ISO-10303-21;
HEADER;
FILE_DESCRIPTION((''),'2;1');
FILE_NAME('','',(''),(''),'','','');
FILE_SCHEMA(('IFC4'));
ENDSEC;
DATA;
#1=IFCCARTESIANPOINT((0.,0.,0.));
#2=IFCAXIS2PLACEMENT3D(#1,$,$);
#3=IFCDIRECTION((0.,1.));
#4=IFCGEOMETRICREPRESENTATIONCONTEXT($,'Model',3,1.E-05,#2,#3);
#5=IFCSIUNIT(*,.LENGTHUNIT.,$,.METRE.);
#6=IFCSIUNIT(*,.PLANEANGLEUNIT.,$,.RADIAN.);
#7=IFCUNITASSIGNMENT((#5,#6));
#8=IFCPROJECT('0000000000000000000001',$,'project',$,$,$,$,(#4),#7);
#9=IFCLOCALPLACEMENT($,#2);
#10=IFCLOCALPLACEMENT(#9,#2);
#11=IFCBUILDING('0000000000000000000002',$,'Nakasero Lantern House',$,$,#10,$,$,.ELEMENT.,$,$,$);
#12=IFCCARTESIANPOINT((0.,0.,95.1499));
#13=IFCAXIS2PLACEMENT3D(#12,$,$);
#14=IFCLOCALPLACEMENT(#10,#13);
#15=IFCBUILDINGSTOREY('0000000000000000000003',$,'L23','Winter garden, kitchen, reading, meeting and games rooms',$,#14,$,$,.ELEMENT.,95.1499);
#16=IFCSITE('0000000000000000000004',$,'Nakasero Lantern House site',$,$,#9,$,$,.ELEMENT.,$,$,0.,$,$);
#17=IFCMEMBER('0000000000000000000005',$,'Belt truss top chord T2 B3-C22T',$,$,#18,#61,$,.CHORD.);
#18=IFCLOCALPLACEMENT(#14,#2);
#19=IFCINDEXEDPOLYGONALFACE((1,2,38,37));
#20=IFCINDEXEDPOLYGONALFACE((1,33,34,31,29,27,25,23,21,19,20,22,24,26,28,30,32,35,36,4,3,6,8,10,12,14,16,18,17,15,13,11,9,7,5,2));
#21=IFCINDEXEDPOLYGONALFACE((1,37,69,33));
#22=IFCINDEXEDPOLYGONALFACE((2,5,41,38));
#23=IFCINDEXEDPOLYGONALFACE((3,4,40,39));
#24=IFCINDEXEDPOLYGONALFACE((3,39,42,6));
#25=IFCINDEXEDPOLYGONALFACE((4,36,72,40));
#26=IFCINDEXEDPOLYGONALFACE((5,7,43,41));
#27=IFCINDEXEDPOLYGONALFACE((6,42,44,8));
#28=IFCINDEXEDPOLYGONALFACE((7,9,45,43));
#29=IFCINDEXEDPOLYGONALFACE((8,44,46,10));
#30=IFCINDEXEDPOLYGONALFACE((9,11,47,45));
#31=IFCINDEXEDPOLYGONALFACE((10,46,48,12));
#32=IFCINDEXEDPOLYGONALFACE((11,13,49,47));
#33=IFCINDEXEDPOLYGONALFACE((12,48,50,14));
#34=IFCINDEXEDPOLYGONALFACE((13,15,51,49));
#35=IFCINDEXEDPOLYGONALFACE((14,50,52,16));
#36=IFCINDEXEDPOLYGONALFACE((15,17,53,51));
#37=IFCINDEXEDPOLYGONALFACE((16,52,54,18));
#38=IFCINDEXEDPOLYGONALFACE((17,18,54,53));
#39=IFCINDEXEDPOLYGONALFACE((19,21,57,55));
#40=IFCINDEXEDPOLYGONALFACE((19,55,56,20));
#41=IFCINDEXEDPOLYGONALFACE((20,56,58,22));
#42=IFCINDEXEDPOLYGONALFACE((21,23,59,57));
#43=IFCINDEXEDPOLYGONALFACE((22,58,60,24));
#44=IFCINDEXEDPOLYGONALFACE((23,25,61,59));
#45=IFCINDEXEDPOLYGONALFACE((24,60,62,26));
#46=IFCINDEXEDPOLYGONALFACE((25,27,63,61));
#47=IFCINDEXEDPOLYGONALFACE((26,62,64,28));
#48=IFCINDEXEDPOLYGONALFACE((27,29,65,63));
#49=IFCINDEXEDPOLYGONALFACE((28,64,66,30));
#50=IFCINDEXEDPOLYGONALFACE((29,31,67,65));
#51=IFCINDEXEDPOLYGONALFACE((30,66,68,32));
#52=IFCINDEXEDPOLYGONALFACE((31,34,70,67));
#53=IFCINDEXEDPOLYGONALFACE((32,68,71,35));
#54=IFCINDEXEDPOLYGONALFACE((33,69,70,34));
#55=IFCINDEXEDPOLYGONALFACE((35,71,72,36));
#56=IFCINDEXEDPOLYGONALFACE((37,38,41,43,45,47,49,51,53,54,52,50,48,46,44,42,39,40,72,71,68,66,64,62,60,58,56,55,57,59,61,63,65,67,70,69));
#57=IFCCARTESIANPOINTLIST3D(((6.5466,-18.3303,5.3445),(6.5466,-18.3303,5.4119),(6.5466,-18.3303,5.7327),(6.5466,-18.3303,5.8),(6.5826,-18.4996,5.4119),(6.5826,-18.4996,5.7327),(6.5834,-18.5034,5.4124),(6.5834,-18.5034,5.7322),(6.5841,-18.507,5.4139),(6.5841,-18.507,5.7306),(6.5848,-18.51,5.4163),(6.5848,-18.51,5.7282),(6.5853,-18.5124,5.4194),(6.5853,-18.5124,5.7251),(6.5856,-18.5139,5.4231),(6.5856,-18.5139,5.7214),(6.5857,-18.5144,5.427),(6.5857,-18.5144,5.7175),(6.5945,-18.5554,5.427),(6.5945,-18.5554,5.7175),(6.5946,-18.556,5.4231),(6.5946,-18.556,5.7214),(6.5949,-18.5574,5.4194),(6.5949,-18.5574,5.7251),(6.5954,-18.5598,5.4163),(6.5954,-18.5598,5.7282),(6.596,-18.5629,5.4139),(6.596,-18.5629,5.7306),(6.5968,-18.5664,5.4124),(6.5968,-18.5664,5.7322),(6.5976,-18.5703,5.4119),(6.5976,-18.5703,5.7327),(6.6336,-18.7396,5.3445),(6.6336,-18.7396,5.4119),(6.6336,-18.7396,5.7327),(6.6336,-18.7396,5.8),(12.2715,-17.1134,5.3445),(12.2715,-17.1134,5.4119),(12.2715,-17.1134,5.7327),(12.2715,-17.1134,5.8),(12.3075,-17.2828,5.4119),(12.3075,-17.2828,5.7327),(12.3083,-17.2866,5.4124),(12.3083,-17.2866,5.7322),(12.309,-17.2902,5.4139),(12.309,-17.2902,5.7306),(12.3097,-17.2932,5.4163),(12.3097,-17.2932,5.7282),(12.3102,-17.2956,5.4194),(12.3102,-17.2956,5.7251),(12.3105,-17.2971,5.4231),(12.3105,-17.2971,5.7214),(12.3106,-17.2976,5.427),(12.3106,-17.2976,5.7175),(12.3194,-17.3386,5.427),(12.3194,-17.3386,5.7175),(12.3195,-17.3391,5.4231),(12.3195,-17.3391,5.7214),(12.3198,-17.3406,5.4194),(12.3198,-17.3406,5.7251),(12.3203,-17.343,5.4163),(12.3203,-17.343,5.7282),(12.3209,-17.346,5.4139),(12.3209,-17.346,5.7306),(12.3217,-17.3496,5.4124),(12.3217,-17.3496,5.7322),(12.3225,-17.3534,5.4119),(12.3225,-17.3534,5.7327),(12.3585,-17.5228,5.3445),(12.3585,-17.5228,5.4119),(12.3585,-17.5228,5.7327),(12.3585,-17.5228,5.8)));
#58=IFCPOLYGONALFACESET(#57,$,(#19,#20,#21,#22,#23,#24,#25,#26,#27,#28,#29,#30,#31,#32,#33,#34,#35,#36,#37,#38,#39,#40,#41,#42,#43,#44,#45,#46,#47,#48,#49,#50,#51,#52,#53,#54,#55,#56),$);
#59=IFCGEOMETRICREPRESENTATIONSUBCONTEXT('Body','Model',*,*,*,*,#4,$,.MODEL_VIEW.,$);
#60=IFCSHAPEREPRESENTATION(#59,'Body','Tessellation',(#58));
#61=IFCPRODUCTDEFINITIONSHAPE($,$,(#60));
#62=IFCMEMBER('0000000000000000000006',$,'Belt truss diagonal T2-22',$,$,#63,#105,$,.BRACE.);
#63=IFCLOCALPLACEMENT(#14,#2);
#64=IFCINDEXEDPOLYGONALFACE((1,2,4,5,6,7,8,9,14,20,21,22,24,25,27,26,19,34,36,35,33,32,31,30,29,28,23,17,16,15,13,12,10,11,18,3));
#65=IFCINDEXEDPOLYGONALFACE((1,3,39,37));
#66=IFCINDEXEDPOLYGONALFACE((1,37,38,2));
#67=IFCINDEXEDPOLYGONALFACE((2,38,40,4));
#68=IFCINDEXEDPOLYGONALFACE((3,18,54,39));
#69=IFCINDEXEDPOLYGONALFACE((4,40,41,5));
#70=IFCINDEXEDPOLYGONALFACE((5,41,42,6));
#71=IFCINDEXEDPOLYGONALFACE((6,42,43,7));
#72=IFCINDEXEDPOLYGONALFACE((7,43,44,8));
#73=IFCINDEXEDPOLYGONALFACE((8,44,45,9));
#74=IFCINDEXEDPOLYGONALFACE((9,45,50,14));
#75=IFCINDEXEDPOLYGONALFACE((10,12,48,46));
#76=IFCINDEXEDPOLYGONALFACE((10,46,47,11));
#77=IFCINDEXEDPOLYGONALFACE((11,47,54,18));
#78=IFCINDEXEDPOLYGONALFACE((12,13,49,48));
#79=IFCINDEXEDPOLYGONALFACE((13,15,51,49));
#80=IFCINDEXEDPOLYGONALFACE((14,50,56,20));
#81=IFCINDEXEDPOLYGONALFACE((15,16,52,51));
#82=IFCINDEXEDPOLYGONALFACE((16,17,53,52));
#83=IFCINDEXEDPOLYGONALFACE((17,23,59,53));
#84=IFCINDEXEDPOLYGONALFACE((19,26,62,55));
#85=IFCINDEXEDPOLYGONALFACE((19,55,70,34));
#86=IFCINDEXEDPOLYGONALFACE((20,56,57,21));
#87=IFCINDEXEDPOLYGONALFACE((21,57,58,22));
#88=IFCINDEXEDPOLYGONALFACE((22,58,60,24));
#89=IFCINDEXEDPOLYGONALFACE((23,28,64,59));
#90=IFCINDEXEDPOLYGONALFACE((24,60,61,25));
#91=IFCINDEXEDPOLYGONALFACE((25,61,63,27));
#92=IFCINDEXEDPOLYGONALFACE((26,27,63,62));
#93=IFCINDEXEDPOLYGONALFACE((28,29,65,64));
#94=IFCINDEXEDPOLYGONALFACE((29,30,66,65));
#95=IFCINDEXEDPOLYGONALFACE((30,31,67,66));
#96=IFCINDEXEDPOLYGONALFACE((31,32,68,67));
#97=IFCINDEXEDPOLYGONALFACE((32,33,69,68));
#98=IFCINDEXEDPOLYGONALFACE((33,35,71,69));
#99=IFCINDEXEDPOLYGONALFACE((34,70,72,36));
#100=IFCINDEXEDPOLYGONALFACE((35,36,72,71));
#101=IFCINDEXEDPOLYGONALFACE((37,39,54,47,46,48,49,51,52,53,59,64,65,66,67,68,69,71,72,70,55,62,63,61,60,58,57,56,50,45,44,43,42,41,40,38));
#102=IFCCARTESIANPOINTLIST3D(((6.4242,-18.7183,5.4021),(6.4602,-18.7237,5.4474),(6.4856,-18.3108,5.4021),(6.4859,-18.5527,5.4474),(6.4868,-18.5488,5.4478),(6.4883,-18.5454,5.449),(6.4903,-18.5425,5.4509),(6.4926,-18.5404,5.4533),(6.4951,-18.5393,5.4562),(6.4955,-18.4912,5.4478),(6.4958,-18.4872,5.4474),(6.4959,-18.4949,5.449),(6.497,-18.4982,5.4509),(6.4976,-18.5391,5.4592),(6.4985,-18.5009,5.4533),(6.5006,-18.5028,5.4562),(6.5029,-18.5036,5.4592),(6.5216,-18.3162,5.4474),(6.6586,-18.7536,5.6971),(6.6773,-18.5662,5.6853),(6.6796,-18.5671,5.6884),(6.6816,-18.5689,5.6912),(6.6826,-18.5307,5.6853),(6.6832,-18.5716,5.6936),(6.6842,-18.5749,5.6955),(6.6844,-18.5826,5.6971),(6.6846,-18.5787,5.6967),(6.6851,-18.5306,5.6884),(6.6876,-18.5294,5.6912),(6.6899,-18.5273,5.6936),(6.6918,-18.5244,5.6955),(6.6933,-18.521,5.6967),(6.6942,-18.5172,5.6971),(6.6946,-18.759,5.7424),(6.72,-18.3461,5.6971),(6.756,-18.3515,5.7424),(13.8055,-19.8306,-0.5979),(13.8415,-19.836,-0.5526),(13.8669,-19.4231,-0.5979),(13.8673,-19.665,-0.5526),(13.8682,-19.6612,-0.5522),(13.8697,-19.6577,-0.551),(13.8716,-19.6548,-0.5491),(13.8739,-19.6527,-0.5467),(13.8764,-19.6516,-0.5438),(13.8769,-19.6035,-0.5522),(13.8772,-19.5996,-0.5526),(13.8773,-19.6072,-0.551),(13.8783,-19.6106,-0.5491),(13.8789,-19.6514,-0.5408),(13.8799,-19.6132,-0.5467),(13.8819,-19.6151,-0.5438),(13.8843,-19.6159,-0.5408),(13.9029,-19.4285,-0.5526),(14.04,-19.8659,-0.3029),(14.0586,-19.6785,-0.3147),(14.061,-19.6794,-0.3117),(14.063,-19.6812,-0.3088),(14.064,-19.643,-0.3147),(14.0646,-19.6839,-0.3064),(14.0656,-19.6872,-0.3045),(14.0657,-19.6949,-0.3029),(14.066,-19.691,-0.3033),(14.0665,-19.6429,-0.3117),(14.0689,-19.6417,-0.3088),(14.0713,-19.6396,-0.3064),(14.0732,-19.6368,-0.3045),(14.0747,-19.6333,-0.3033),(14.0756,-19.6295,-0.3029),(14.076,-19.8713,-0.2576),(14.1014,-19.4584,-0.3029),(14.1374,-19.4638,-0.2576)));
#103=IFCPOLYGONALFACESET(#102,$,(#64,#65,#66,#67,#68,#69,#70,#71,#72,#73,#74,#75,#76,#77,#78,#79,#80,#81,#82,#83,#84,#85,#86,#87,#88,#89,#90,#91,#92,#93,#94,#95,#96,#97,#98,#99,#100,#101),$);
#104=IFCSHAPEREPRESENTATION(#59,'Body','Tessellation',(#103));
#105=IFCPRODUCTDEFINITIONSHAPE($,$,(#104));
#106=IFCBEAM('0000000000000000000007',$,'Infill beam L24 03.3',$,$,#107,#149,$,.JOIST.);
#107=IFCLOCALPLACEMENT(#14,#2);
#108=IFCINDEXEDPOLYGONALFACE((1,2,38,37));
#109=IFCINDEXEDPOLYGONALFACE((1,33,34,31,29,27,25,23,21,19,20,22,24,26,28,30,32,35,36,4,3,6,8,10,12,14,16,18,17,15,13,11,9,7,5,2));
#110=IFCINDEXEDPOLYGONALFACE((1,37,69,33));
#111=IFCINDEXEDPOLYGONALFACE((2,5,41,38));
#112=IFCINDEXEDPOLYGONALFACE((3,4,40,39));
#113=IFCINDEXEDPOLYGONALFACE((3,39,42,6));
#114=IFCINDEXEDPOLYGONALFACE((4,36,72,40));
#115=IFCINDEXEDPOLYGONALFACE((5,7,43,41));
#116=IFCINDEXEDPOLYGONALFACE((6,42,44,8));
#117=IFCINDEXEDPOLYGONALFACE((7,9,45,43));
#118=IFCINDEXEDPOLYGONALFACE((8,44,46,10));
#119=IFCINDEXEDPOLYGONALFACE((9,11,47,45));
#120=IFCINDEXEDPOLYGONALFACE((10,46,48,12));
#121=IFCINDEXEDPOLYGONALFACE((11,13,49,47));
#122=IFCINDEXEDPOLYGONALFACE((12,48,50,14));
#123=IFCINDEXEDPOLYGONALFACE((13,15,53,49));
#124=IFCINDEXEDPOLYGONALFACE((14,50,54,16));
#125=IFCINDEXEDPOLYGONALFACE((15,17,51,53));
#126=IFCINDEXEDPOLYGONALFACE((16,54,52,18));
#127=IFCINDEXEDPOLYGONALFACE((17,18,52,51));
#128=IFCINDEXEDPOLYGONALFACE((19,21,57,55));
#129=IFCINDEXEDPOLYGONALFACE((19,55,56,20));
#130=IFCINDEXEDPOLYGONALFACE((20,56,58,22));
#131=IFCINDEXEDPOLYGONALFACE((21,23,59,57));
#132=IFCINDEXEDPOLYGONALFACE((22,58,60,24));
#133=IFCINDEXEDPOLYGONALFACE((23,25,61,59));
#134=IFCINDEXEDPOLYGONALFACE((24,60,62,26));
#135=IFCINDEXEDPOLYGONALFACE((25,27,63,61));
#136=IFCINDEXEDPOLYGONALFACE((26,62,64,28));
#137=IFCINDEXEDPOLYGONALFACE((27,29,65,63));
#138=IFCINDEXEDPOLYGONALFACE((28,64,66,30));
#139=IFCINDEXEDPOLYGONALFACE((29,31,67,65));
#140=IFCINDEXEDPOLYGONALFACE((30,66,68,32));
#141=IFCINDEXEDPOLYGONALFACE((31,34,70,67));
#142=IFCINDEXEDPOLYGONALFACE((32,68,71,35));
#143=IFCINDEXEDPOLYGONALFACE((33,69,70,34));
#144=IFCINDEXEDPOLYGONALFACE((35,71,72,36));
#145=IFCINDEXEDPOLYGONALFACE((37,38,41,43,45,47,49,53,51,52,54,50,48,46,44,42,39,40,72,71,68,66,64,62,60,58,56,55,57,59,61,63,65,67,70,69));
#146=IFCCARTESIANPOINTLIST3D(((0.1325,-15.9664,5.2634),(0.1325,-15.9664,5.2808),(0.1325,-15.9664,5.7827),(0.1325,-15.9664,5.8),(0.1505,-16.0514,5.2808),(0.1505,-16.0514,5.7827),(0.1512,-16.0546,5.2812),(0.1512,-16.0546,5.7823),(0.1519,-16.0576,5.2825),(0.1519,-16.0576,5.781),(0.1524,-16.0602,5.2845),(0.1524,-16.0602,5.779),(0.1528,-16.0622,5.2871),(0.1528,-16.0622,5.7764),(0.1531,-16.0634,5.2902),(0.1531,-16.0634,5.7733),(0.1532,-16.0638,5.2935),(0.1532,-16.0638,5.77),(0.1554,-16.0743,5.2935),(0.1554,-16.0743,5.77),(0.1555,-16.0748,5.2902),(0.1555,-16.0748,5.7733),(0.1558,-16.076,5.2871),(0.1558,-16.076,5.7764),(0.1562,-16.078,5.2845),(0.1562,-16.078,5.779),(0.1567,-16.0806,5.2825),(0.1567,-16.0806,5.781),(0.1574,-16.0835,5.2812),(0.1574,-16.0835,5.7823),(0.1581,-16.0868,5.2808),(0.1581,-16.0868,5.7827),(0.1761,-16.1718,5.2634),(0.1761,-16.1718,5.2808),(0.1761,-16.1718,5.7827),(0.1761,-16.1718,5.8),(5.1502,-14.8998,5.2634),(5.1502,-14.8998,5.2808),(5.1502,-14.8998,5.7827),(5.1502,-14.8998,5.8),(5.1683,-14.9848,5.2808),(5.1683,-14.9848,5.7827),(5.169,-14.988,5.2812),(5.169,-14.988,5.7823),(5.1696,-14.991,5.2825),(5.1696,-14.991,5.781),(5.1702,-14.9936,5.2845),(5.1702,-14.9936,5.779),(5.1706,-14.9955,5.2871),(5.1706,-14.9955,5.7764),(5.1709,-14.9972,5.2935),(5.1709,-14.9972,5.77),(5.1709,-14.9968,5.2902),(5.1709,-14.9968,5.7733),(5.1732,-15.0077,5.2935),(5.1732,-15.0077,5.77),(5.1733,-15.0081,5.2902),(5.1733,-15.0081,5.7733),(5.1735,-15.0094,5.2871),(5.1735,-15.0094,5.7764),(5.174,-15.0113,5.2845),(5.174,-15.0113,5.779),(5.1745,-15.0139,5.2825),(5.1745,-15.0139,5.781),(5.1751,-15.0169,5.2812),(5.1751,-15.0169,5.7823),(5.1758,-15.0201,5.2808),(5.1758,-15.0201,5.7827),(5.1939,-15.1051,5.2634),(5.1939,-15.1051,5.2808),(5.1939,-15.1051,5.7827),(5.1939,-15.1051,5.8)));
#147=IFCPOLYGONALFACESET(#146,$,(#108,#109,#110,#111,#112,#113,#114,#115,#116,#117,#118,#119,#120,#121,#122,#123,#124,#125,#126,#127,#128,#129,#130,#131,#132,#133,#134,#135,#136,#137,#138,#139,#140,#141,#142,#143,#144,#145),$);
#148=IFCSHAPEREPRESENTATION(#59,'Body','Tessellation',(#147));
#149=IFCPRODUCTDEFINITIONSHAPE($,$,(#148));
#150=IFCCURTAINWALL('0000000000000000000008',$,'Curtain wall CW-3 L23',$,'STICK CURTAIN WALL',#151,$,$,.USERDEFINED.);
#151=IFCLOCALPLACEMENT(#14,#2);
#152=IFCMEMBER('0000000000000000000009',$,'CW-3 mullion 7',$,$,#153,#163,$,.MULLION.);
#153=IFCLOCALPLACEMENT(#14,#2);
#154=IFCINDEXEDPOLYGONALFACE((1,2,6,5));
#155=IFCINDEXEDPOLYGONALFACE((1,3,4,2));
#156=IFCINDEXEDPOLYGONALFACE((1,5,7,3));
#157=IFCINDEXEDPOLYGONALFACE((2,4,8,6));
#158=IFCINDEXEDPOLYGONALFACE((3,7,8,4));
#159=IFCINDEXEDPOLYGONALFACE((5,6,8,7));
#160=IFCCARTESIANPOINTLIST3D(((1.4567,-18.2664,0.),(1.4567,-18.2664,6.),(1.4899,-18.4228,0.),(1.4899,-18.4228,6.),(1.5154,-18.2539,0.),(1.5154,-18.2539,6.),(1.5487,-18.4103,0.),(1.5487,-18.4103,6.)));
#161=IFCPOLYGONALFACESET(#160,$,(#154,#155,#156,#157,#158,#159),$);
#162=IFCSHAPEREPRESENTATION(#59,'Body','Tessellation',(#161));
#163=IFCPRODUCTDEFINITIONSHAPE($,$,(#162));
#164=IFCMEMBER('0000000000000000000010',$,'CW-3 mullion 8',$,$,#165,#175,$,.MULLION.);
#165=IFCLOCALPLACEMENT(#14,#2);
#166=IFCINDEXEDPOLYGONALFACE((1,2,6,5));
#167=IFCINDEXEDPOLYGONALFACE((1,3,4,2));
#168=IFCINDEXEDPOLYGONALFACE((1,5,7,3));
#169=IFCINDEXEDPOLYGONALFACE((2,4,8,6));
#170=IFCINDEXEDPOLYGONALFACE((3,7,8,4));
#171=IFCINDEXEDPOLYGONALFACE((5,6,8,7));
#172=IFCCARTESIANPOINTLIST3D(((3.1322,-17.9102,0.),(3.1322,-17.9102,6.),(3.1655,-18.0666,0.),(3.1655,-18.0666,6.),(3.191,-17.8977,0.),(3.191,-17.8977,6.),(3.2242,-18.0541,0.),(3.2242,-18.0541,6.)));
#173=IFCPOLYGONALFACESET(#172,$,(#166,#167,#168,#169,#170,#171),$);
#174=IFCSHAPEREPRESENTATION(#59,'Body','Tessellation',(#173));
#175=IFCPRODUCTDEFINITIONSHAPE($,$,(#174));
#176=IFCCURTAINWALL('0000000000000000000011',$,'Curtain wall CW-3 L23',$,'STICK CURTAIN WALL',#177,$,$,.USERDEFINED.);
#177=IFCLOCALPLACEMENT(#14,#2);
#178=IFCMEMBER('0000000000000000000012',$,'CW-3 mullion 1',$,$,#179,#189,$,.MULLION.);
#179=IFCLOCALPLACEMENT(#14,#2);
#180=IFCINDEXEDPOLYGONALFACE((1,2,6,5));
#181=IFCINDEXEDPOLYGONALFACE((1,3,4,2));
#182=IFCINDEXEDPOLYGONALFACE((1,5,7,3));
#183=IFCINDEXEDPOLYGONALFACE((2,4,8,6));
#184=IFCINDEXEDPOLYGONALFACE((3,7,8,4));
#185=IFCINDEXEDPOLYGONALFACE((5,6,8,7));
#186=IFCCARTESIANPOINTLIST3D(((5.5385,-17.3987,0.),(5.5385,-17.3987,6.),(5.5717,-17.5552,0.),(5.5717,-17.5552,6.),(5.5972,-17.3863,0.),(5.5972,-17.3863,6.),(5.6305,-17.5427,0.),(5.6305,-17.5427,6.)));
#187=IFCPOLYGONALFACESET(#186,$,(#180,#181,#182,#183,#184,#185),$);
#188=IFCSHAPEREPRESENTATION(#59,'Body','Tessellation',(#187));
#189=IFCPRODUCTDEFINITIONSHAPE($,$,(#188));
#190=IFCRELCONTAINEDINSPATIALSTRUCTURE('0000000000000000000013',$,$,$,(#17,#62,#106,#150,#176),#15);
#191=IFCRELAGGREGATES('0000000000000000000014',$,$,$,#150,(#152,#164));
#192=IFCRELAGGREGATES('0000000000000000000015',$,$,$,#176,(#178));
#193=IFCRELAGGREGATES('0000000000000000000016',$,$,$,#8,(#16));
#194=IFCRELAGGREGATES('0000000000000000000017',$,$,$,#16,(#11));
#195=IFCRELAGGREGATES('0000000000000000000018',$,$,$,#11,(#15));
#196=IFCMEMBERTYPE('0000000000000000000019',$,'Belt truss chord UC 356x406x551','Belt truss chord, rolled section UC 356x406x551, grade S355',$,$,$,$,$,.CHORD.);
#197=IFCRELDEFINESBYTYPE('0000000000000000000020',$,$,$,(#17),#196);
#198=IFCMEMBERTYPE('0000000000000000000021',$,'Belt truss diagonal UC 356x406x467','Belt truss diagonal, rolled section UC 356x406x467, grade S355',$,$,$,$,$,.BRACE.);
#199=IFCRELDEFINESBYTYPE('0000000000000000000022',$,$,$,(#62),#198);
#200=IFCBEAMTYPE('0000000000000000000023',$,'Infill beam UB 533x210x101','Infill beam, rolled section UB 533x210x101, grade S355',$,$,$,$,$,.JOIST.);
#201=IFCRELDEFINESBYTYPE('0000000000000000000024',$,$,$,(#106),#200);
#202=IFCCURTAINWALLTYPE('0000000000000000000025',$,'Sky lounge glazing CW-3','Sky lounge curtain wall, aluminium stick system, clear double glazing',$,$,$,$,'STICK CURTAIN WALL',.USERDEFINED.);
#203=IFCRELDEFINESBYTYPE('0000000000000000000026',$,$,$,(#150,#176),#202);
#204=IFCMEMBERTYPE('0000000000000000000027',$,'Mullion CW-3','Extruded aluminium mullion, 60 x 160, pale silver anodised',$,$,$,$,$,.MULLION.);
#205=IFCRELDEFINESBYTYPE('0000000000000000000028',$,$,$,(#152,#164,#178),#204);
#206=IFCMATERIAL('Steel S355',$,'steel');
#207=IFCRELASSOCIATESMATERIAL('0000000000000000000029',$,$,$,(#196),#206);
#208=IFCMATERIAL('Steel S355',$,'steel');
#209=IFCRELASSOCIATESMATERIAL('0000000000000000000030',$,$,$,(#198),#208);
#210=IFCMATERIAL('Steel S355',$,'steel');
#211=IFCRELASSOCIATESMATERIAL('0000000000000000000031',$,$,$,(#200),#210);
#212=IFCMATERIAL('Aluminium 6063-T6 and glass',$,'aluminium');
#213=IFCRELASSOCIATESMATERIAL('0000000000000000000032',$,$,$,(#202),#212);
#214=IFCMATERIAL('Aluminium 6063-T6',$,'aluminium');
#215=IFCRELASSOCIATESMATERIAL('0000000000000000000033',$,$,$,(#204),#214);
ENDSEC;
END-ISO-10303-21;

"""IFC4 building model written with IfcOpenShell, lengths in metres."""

from ifc_helpers import new_model, si_unit, direction, frame, origin, origin_2d, place, context, subcontext, project, spatial, rectangle, i_section, extrude, material, material_profile, profile_set, type_object, element, aggregate, save


model = new_model("IFC4")

# Units and contexts
model_context = context("Model", 3, precision=1e-05, world=origin(), true_north=direction((0.0, 1.0)))
body_context = subcontext(model_context, "Body", "Model", "MODEL_VIEW")
ifc_project = project(units=[si_unit("LENGTHUNIT", "METRE"), si_unit("PLANEANGLEUNIT", "RADIAN")], contexts=[model_context])

# Site, building, storey
site_placement = place(None, origin())
site = spatial("IfcSite", under=ifc_project, at=site_placement, Name="Nakasero Lantern House site", CompositionType="ELEMENT", RefElevation=0.0)
building_placement = place(site_placement, origin())
building = spatial("IfcBuilding", under=site, at=building_placement, Name="Nakasero Lantern House", CompositionType="ELEMENT")
storey_placement = place(building_placement, frame((0.0, 0.0, 95.1499)))
storey = spatial("IfcBuildingStorey", under=building, at=storey_placement, Name="L23", Description="Winter garden, kitchen, reading, meeting and games rooms", CompositionType="ELEMENT", Elevation=95.1499)

# Members
ifc_material_1 = material(Name="Steel S355", Category="steel")
ifc_material_profile_1 = material_profile(ifc_material_1, i_section(OverallWidth=0.4185, OverallDepth=0.4556, WebThickness=0.042, FlangeThickness=0.0674, FilletRadius=0.0151, at=origin_2d()), Name="UC 356x406x551")
ifc_profile_set_1 = profile_set([ifc_material_profile_1], Name="Steel S355")
member_type_1 = type_object("IfcMemberType", Name="Belt truss chord UC 356x406x551", Description="Belt truss chord, rolled section UC 356x406x551, grade S355", PredefinedType="CHORD", material=ifc_profile_set_1)
member_1_placement = place(storey_placement, frame((6.5901, -18.5349, 5.5723), z_axis=(0.97815, 0.207902, 0.0), x_axis=(-0.207902, 0.97815, 0.0)))
element("IfcMember", 1, at=member_1_placement, inside=storey, type_object=member_type_1, Name="Belt truss top chord T2 B3-C22T", PredefinedType="CHORD", context=body_context, shape_type="SweptSolid", body=[
    extrude(i_section(OverallWidth=0.4185, OverallDepth=0.4556, WebThickness=0.042, FlangeThickness=0.0674, FilletRadius=0.0151, at=origin_2d()), origin(), (0.0, 0.0, 1.0), 5.8528),
])
ifc_material_2 = material(Name="Steel S355", Category="steel")
ifc_material_profile_2 = material_profile(ifc_material_2, i_section(OverallWidth=0.4121, OverallDepth=0.4365, WebThickness=0.0359, FlangeThickness=0.0581, FilletRadius=0.0151, at=origin_2d()), Name="UC 356x406x467")
ifc_profile_set_2 = profile_set([ifc_material_profile_2], Name="Steel S355")
member_type_2 = type_object("IfcMemberType", Name="Belt truss diagonal UC 356x406x467", Description="Belt truss diagonal, rolled section UC 356x406x467, grade S355", PredefinedType="BRACE", material=ifc_profile_set_2)
member_2_placement = place(storey_placement, frame((6.5901, -18.5349, 5.5723), z_axis=(0.770726, -0.116142, -0.626492), x_axis=(0.149009, 0.988836, 0.0)))
element("IfcMember", 2, at=member_2_placement, inside=storey, type_object=member_type_2, Name="Belt truss diagonal T2-22", PredefinedType="BRACE", context=body_context, shape_type="SweptSolid", body=[
    extrude(i_section(OverallWidth=0.4121, OverallDepth=0.4365, WebThickness=0.0359, FlangeThickness=0.0581, FilletRadius=0.0151, at=origin_2d()), origin(), (0.0, 0.0, 1.0), 9.5771),
])

# Beam
ifc_material_3 = material(Name="Steel S355", Category="steel")
ifc_material_profile_3 = material_profile(ifc_material_3, i_section(OverallWidth=0.21, OverallDepth=0.5366, WebThickness=0.0107, FlangeThickness=0.0173, FilletRadius=0.0127, at=origin_2d()), Name="UB 533x210x101")
ifc_profile_set_3 = profile_set([ifc_material_profile_3], Name="Steel S355")
beam_type_1 = type_object("IfcBeamType", Name="Infill beam UB 533x210x101", Description="Infill beam, rolled section UB 533x210x101, grade S355", PredefinedType="JOIST", material=ifc_profile_set_3)
beam_1_placement = place(storey_placement, frame((0.1543, -16.0691, 5.5317), z_axis=(0.978144, 0.207926, 0.0), x_axis=(-0.207926, 0.978144, 0.0)))
element("IfcBeam", 3, at=beam_1_placement, inside=storey, type_object=beam_type_1, Name="Infill beam L24 03.3", PredefinedType="JOIST", context=body_context, shape_type="SweptSolid", body=[
    extrude(i_section(OverallWidth=0.21, OverallDepth=0.5366, WebThickness=0.0107, FlangeThickness=0.0173, FilletRadius=0.0127, at=origin_2d()), origin(), (0.0, 0.0, 1.0), 5.1299),
])

# Curtain walls, members
ifc_material_4 = material(Name="Aluminium 6063-T6 and glass", Category="aluminium")
curtain_wall_type = type_object("IfcCurtainWallType", Name="Sky lounge glazing CW-3", Description="Sky lounge curtain wall, aluminium stick system, clear double glazing", ElementType="STICK CURTAIN WALL", PredefinedType="USERDEFINED", material=ifc_material_4)
curtain_wall_1_placement = place(storey_placement, origin())
curtain_wall_1 = element("IfcCurtainWall", 4, at=curtain_wall_1_placement, inside=storey, type_object=curtain_wall_type, Name="Curtain wall CW-3 L23", ObjectType="STICK CURTAIN WALL", PredefinedType="USERDEFINED")
ifc_material_5 = material(Name="Aluminium 6063-T6", Category="aluminium")
ifc_material_profile_4 = material_profile(ifc_material_5, rectangle(XDim=0.0601, YDim=0.1599, at=origin_2d()), Name="CW-3 mullion 60x160")
ifc_profile_set_4 = profile_set([ifc_material_profile_4], Name="Aluminium 6063-T6")
member_type_3 = type_object("IfcMemberType", Name="Mullion CW-3", Description="Extruded aluminium mullion, 60 x 160, pale silver anodised", PredefinedType="MULLION", material=ifc_profile_set_4)
member_3_placement = place(storey_placement, frame((1.5027, -18.3384, 0.0), z_axis=(0.0, 0.0, 1.0), x_axis=(0.978148, 0.207912, 0.0)))
member_3 = element("IfcMember", 5, at=member_3_placement, type_object=member_type_3, Name="CW-3 mullion 7", PredefinedType="MULLION", context=body_context, shape_type="SweptSolid", body=[
    extrude(rectangle(XDim=0.0601, YDim=0.1599, at=origin_2d()), origin(), (0.0, 0.0, 1.0), 6.0),
])
member_4_placement = place(storey_placement, frame((3.1782, -17.9822, 0.0), z_axis=(0.0, 0.0, 1.0), x_axis=(0.978148, 0.207912, 0.0)))
member_4 = element("IfcMember", 6, at=member_4_placement, type_object=member_type_3, Name="CW-3 mullion 8", PredefinedType="MULLION", context=body_context, shape_type="SweptSolid", body=[
    extrude(rectangle(XDim=0.0601, YDim=0.1599, at=origin_2d()), origin(), (0.0, 0.0, 1.0), 6.0),
])
curtain_wall_2_placement = place(storey_placement, origin())
curtain_wall_2 = element("IfcCurtainWall", 7, at=curtain_wall_2_placement, inside=storey, type_object=curtain_wall_type, Name="Curtain wall CW-3 L23", ObjectType="STICK CURTAIN WALL", PredefinedType="USERDEFINED")
member_5_placement = place(storey_placement, frame((5.5845, -17.4707, 0.0), z_axis=(0.0, 0.0, 1.0), x_axis=(0.978148, 0.207912, 0.0)))
member_5 = element("IfcMember", 8, at=member_5_placement, type_object=member_type_3, Name="CW-3 mullion 1", PredefinedType="MULLION", context=body_context, shape_type="SweptSolid", body=[
    extrude(rectangle(XDim=0.0601, YDim=0.1599, at=origin_2d()), origin(), (0.0, 0.0, 1.0), 6.0),
])

aggregate(curtain_wall_1, [member_3, member_4])
aggregate(curtain_wall_2, [member_5])

save(model, "model.ifc")
